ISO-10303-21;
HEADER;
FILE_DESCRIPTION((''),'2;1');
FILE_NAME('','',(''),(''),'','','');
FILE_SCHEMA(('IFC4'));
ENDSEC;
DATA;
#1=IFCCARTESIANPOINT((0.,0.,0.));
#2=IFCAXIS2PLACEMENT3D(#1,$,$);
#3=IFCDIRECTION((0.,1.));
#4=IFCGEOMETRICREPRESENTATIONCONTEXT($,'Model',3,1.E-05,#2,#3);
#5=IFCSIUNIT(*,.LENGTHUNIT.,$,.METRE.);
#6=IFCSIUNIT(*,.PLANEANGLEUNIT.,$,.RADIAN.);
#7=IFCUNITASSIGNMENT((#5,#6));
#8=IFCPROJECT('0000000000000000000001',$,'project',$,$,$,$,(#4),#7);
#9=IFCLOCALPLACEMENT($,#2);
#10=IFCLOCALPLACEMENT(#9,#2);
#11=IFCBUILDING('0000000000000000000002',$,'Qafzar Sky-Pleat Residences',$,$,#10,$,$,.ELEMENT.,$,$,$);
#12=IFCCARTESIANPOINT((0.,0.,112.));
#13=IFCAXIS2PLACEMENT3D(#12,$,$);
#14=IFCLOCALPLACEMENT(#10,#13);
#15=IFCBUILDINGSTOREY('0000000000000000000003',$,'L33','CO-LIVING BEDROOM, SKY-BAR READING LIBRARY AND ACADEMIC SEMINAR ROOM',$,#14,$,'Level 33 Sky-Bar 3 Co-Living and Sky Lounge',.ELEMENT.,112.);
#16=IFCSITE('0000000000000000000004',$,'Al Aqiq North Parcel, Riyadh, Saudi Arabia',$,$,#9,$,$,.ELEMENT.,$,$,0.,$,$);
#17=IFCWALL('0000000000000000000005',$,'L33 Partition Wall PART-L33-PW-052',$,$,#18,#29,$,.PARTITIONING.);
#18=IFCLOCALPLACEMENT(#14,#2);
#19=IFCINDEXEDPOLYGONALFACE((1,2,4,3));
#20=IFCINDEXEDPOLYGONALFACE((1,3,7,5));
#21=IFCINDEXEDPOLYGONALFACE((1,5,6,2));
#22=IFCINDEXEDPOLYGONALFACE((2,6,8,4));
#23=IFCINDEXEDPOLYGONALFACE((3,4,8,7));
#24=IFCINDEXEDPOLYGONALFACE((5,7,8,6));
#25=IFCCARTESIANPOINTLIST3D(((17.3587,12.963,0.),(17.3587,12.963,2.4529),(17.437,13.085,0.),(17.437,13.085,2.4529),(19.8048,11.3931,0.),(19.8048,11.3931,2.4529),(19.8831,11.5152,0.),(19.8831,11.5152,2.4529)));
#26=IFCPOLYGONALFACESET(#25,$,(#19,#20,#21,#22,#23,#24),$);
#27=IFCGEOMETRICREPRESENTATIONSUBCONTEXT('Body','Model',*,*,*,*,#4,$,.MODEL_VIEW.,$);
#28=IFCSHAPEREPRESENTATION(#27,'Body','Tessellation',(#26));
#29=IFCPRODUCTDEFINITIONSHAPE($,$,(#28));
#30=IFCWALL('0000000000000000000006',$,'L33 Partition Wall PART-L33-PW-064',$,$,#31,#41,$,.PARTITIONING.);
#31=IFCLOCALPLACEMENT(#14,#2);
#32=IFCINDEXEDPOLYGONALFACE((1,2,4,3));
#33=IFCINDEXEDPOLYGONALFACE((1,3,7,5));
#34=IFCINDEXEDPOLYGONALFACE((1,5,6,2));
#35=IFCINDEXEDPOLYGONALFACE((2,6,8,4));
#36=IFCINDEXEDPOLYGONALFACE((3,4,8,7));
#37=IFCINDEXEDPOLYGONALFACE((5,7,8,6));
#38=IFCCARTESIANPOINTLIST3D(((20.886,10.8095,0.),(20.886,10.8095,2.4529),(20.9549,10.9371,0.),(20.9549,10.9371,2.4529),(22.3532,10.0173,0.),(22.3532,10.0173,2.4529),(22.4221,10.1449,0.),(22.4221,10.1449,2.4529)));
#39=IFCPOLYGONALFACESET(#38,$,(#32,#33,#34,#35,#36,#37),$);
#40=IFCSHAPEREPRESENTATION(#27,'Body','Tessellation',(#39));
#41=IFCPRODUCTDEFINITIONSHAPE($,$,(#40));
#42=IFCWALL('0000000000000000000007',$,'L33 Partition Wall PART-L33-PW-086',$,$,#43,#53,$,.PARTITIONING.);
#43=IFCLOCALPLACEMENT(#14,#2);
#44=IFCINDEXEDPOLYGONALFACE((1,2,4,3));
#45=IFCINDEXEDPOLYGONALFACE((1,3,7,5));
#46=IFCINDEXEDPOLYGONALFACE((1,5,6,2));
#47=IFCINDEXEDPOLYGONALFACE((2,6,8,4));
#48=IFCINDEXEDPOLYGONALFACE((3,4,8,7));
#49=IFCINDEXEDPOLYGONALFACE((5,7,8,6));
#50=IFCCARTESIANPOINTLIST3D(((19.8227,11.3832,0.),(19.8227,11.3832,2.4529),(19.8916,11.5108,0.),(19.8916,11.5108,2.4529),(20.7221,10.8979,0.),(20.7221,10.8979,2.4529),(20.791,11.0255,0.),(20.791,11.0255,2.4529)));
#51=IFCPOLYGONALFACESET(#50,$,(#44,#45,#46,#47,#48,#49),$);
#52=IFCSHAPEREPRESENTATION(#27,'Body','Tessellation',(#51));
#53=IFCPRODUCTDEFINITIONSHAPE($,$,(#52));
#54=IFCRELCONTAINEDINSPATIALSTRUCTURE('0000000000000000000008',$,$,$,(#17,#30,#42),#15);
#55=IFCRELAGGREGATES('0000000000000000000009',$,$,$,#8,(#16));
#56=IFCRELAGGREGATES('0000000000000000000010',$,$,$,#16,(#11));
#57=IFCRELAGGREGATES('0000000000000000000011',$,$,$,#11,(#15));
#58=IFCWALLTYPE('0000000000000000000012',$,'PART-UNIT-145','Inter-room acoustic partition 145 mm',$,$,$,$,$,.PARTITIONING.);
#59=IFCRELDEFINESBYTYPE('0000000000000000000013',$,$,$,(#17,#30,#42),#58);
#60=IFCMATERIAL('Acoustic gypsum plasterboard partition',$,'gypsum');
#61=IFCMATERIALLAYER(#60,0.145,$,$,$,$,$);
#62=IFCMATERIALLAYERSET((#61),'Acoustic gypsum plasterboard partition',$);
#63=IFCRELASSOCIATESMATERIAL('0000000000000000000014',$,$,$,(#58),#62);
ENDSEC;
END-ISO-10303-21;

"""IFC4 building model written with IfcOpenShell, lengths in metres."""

from ifc_helpers import new_model, si_unit, direction, frame, frame_2d, origin, place, context, subcontext, project, spatial, rectangle, extrude, material, layer, layer_set, type_object, element, save


model = new_model("IFC4")

# Units and contexts
model_context = context("Model", 3, precision=1e-05, world=origin(), true_north=direction((0.0, 1.0)))
body_context = subcontext(model_context, "Body", "Model", "MODEL_VIEW")
ifc_project = project(units=[si_unit("LENGTHUNIT", "METRE"), si_unit("PLANEANGLEUNIT", "RADIAN")], contexts=[model_context])

# Site, building, storey
site_placement = place(None, origin())
site = spatial("IfcSite", under=ifc_project, at=site_placement, Name="Al Aqiq North Parcel, Riyadh, Saudi Arabia", CompositionType="ELEMENT", RefElevation=0.0)
building_placement = place(site_placement, origin())
building = spatial("IfcBuilding", under=site, at=building_placement, Name="Qafzar Sky-Pleat Residences", CompositionType="ELEMENT")
storey_placement = place(building_placement, frame((0.0, 0.0, 112.0)))
storey = spatial("IfcBuildingStorey", under=building, at=storey_placement, Name="L33", Description="CO-LIVING BEDROOM, SKY-BAR READING LIBRARY AND ACADEMIC SEMINAR ROOM", LongName="Level 33 Sky-Bar 3 Co-Living and Sky Lounge", CompositionType="ELEMENT", Elevation=112.0)

# Walls
ifc_material_1 = material(Name="Acoustic gypsum plasterboard partition", Category="gypsum")
ifc_layer = layer(ifc_material_1, 0.145)
ifc_layer_set = layer_set([ifc_layer], Name="Acoustic gypsum plasterboard partition")
wall_type = type_object("IfcWallType", Name="PART-UNIT-145", Description="Inter-room acoustic partition 145 mm", PredefinedType="PARTITIONING", material=ifc_layer_set)
wall_1_placement = place(storey_placement, frame((17.3979, 13.0239, 0.0), z_axis=(0.0, 0.0, 1.0), x_axis=(0.84159, -0.540116, 0.0)))
element("IfcWall", 1, at=wall_1_placement, inside=storey, type_object=wall_type, Name="L33 Partition Wall PART-L33-PW-052", PredefinedType="PARTITIONING", context=body_context, shape_type="SweptSolid", body=[
    extrude(rectangle(XDim=2.9065, YDim=0.145, at=frame_2d((1.4531, 0.0))), origin(), (0.0, 0.0, 1.0), 2.4529),
])
wall_2_placement = place(storey_placement, frame((20.9204, 10.8733, 0.0), z_axis=(0.0, 0.0, 1.0), x_axis=(0.87993, -0.475104, 0.0)))
element("IfcWall", 2, at=wall_2_placement, inside=storey, type_object=wall_type, Name="L33 Partition Wall PART-L33-PW-064", PredefinedType="PARTITIONING", context=body_context, shape_type="SweptSolid", body=[
    extrude(rectangle(XDim=1.6675, YDim=0.145, at=frame_2d((0.8337, 0.0))), origin(), (0.0, 0.0, 1.0), 2.4529),
])
wall_3_placement = place(storey_placement, frame((19.8572, 11.447, 0.0), z_axis=(0.0, 0.0, 1.0), x_axis=(0.880041, -0.474897, 0.0)))
element("IfcWall", 3, at=wall_3_placement, inside=storey, type_object=wall_type, Name="L33 Partition Wall PART-L33-PW-086", PredefinedType="PARTITIONING", context=body_context, shape_type="SweptSolid", body=[
    extrude(rectangle(XDim=1.022, YDim=0.145, at=frame_2d((0.511, 0.0))), origin(), (0.0, 0.0, 1.0), 2.4529),
])

save(model, "model.ifc")
